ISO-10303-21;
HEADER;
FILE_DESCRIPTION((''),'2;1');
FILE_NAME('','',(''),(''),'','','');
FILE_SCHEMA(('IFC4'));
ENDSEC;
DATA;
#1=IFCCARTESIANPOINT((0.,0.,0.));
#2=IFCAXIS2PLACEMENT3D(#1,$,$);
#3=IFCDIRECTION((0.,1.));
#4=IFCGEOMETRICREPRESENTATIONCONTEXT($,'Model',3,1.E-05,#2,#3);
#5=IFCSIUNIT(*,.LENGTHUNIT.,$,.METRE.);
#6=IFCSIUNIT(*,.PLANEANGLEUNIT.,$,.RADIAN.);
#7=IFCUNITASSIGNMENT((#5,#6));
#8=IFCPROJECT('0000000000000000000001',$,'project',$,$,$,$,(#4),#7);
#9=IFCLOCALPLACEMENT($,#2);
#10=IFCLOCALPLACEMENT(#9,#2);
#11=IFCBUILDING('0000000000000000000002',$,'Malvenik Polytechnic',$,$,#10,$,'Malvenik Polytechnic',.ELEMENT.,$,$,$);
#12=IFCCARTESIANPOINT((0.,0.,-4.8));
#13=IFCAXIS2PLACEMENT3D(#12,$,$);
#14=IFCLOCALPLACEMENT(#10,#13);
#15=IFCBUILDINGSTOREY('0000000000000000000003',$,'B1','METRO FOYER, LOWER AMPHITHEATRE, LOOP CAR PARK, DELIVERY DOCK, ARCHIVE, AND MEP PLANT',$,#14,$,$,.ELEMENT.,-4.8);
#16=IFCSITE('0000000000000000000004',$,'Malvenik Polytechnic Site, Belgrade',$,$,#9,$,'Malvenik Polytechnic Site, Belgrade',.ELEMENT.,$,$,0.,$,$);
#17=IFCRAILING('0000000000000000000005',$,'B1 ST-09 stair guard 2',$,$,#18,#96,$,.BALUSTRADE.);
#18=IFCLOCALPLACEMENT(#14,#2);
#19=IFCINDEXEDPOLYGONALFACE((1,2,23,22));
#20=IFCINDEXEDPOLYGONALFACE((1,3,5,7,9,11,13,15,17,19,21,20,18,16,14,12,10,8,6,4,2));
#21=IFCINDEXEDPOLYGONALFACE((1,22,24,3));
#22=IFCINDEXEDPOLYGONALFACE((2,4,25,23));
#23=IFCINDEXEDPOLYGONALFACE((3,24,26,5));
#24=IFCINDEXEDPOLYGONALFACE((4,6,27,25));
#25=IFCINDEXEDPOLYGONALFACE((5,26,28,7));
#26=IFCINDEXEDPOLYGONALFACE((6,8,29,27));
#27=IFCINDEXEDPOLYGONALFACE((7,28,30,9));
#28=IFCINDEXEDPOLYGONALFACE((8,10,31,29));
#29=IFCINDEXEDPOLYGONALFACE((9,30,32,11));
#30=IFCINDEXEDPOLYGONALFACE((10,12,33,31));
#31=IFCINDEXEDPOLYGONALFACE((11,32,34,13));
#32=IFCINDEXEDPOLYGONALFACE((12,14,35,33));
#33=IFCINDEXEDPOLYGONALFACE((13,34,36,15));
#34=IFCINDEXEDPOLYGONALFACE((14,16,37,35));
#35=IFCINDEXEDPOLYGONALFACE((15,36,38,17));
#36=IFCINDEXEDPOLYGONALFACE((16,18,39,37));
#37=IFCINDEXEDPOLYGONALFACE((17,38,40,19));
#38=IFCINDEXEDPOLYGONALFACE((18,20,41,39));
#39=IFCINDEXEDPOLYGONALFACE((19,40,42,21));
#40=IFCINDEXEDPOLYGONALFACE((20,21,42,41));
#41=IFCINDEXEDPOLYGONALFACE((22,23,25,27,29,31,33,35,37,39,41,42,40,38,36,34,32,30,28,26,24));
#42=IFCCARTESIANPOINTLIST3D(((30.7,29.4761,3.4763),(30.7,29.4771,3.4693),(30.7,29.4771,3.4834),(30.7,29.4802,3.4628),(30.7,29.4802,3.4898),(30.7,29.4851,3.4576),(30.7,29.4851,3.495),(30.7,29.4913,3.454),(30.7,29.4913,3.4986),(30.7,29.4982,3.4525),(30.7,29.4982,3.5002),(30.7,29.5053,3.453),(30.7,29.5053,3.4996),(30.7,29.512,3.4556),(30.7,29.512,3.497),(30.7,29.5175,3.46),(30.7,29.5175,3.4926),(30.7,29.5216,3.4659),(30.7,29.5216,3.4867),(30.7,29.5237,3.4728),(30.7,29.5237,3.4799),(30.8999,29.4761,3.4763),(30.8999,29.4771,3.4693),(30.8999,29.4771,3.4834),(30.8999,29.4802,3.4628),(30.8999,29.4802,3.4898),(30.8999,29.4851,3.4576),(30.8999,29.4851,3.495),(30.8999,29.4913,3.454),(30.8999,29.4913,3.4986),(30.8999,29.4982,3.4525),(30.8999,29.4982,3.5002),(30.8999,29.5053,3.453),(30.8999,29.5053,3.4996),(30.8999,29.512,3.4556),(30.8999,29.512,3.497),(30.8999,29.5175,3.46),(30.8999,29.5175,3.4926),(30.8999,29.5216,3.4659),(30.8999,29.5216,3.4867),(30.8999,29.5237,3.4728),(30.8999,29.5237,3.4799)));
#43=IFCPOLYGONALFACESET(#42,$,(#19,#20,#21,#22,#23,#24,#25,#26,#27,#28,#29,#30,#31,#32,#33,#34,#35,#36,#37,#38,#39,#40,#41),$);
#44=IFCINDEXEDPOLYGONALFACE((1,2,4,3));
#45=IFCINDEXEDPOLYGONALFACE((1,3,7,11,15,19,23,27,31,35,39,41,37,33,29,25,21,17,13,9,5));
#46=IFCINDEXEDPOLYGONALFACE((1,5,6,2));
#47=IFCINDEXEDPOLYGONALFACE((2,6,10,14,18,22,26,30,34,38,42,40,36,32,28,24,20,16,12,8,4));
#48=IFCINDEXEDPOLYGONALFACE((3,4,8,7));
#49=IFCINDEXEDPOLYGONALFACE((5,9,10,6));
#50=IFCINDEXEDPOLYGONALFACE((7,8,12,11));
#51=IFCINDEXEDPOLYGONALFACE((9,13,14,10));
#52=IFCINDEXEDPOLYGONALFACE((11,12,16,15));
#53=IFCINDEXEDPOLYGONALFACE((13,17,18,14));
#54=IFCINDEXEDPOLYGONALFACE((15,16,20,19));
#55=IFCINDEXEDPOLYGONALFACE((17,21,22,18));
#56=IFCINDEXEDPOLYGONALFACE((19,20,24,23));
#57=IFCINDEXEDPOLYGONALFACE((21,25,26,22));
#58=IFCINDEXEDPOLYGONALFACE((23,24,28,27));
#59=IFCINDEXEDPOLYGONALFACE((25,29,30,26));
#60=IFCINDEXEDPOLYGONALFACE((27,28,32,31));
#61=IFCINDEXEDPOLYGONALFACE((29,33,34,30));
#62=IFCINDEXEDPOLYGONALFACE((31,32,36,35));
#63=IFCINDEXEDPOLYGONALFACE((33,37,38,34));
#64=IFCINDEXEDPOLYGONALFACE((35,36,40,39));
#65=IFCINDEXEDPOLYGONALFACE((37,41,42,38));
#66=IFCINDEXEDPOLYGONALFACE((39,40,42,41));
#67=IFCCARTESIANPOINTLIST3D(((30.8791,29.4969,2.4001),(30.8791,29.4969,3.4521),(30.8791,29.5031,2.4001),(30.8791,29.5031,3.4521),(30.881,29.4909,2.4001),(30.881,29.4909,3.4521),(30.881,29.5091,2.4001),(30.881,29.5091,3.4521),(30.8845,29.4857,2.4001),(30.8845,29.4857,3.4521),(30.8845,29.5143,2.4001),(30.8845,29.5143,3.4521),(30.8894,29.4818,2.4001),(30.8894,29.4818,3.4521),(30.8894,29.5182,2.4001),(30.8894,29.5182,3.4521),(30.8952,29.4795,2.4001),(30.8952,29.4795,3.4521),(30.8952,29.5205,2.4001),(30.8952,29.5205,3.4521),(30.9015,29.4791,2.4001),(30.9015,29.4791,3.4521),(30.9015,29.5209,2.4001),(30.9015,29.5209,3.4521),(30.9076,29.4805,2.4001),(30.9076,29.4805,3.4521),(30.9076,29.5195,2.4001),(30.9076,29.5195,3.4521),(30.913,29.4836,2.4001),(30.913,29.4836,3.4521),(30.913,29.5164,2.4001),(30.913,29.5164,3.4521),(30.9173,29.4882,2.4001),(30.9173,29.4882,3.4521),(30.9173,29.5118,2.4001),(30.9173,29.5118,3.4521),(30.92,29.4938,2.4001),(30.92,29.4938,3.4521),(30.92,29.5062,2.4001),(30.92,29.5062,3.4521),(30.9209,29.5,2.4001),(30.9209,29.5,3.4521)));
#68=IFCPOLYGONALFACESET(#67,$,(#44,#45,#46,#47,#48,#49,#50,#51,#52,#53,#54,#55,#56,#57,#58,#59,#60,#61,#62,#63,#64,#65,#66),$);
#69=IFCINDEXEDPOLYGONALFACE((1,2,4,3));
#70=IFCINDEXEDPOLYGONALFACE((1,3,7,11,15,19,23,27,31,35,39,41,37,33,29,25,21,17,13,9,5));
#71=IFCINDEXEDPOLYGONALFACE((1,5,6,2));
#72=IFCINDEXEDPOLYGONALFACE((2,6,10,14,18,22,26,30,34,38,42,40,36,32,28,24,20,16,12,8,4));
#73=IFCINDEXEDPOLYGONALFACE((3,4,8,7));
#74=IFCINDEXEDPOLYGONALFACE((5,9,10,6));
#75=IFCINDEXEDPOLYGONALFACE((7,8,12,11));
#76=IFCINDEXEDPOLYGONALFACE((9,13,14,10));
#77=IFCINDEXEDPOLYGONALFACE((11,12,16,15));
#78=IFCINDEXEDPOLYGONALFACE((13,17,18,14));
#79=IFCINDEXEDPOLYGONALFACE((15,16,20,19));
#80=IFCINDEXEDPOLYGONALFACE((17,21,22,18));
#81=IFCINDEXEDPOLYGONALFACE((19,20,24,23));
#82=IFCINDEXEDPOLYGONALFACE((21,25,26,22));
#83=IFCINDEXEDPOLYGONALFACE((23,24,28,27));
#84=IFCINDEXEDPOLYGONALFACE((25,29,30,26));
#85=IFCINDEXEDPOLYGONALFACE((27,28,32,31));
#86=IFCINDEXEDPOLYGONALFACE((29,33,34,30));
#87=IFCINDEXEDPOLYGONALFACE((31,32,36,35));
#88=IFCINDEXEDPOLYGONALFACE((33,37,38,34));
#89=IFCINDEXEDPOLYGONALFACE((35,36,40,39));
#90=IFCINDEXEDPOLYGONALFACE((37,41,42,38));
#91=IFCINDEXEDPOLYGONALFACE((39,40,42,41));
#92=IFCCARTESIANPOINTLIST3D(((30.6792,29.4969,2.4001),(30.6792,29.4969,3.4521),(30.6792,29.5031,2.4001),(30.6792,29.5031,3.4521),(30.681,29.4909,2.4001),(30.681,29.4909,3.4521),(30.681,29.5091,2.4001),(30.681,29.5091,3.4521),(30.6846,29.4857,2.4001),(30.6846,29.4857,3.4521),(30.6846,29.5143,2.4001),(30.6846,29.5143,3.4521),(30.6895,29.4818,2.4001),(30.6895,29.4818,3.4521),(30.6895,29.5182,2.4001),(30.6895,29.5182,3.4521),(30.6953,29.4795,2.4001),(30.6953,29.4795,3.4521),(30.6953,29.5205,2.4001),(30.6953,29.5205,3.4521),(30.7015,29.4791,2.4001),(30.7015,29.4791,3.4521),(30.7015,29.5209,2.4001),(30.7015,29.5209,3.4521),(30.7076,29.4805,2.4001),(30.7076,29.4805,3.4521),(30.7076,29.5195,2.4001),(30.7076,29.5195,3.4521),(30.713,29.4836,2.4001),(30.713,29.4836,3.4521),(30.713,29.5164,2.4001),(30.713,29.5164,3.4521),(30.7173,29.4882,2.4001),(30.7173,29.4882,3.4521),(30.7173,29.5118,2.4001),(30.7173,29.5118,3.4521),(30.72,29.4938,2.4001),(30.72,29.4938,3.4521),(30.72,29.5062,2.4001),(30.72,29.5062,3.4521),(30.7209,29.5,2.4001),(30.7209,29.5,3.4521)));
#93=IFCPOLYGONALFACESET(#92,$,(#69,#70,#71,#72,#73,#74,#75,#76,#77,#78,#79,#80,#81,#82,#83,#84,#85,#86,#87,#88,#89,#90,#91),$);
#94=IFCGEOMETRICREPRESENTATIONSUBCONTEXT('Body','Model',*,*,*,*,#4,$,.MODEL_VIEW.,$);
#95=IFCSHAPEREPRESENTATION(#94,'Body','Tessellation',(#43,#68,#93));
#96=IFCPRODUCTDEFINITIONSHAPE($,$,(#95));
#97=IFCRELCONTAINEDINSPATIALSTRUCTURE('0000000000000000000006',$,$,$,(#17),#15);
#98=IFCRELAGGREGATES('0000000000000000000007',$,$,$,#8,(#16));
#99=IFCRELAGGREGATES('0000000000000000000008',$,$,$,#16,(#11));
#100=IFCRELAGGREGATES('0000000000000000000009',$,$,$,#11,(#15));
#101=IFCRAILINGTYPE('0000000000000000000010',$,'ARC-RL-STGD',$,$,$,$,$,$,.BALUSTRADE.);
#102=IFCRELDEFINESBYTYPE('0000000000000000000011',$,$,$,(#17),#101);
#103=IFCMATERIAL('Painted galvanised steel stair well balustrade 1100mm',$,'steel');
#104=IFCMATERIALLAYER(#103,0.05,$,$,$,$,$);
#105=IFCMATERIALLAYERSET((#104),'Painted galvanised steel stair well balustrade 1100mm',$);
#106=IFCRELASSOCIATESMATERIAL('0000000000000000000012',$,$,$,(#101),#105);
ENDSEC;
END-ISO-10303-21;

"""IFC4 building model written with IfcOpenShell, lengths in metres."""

from ifc_helpers import new_model, si_unit, direction, frame, origin, origin_2d, place, context, subcontext, project, spatial, circle, extrude, material, layer, layer_set, type_object, element, save


model = new_model("IFC4")

# Units and contexts
model_context = context("Model", 3, precision=1e-05, world=origin(), true_north=direction((0.0, 1.0)))
body_context = subcontext(model_context, "Body", "Model", "MODEL_VIEW")
ifc_project = project(units=[si_unit("LENGTHUNIT", "METRE"), si_unit("PLANEANGLEUNIT", "RADIAN")], contexts=[model_context])

# Site, building, storey
site_placement = place(None, origin())
site = spatial("IfcSite", under=ifc_project, at=site_placement, Name="Malvenik Polytechnic Site, Belgrade", LongName="Malvenik Polytechnic Site, Belgrade", CompositionType="ELEMENT", RefElevation=0.0)
building_placement = place(site_placement, origin())
building = spatial("IfcBuilding", under=site, at=building_placement, Name="Malvenik Polytechnic", LongName="Malvenik Polytechnic", CompositionType="ELEMENT")
storey_placement = place(building_placement, frame((0.0, 0.0, -4.8)))
storey = spatial("IfcBuildingStorey", under=building, at=storey_placement, Name="B1", Description="METRO FOYER, LOWER AMPHITHEATRE, LOOP CAR PARK, DELIVERY DOCK, ARCHIVE, AND MEP PLANT", CompositionType="ELEMENT", Elevation=-4.8)

# Railing
ifc_material_1 = material(Name="Painted galvanised steel stair well balustrade 1100mm", Category="steel")
ifc_layer_1 = layer(ifc_material_1, 0.05)
ifc_layer_set_1 = layer_set([ifc_layer_1], Name="Painted galvanised steel stair well balustrade 1100mm")
railing_type_1 = type_object("IfcRailingType", Name="ARC-RL-STGD", PredefinedType="BALUSTRADE", material=ifc_layer_set_1)
railing_1_placement = place(storey_placement, frame((30.8999, 29.5, 2.4001)))
element("IfcRailing", 1, at=railing_1_placement, inside=storey, type_object=railing_type_1, Name="B1 ST-09 stair guard 2", PredefinedType="BALUSTRADE", context=body_context, shape_type="SweptSolid", body=[
    extrude(circle(Radius=0.0239, at=origin_2d()), frame((0.0, 0.0, 1.0762), z_axis=(-1.0, 0.0, 0.0), x_axis=(0.0, -1.0, 0.0)), (0.0, 0.0, 1.0), 0.2),
    extrude(circle(Radius=0.021, at=origin_2d()), origin(), (0.0, 0.0, 1.0), 1.052),
    extrude(circle(Radius=0.021, at=origin_2d()), frame((-0.2, 0.0, 0.0)), (0.0, 0.0, 1.0), 1.052),
])

save(model, "model.ifc")
